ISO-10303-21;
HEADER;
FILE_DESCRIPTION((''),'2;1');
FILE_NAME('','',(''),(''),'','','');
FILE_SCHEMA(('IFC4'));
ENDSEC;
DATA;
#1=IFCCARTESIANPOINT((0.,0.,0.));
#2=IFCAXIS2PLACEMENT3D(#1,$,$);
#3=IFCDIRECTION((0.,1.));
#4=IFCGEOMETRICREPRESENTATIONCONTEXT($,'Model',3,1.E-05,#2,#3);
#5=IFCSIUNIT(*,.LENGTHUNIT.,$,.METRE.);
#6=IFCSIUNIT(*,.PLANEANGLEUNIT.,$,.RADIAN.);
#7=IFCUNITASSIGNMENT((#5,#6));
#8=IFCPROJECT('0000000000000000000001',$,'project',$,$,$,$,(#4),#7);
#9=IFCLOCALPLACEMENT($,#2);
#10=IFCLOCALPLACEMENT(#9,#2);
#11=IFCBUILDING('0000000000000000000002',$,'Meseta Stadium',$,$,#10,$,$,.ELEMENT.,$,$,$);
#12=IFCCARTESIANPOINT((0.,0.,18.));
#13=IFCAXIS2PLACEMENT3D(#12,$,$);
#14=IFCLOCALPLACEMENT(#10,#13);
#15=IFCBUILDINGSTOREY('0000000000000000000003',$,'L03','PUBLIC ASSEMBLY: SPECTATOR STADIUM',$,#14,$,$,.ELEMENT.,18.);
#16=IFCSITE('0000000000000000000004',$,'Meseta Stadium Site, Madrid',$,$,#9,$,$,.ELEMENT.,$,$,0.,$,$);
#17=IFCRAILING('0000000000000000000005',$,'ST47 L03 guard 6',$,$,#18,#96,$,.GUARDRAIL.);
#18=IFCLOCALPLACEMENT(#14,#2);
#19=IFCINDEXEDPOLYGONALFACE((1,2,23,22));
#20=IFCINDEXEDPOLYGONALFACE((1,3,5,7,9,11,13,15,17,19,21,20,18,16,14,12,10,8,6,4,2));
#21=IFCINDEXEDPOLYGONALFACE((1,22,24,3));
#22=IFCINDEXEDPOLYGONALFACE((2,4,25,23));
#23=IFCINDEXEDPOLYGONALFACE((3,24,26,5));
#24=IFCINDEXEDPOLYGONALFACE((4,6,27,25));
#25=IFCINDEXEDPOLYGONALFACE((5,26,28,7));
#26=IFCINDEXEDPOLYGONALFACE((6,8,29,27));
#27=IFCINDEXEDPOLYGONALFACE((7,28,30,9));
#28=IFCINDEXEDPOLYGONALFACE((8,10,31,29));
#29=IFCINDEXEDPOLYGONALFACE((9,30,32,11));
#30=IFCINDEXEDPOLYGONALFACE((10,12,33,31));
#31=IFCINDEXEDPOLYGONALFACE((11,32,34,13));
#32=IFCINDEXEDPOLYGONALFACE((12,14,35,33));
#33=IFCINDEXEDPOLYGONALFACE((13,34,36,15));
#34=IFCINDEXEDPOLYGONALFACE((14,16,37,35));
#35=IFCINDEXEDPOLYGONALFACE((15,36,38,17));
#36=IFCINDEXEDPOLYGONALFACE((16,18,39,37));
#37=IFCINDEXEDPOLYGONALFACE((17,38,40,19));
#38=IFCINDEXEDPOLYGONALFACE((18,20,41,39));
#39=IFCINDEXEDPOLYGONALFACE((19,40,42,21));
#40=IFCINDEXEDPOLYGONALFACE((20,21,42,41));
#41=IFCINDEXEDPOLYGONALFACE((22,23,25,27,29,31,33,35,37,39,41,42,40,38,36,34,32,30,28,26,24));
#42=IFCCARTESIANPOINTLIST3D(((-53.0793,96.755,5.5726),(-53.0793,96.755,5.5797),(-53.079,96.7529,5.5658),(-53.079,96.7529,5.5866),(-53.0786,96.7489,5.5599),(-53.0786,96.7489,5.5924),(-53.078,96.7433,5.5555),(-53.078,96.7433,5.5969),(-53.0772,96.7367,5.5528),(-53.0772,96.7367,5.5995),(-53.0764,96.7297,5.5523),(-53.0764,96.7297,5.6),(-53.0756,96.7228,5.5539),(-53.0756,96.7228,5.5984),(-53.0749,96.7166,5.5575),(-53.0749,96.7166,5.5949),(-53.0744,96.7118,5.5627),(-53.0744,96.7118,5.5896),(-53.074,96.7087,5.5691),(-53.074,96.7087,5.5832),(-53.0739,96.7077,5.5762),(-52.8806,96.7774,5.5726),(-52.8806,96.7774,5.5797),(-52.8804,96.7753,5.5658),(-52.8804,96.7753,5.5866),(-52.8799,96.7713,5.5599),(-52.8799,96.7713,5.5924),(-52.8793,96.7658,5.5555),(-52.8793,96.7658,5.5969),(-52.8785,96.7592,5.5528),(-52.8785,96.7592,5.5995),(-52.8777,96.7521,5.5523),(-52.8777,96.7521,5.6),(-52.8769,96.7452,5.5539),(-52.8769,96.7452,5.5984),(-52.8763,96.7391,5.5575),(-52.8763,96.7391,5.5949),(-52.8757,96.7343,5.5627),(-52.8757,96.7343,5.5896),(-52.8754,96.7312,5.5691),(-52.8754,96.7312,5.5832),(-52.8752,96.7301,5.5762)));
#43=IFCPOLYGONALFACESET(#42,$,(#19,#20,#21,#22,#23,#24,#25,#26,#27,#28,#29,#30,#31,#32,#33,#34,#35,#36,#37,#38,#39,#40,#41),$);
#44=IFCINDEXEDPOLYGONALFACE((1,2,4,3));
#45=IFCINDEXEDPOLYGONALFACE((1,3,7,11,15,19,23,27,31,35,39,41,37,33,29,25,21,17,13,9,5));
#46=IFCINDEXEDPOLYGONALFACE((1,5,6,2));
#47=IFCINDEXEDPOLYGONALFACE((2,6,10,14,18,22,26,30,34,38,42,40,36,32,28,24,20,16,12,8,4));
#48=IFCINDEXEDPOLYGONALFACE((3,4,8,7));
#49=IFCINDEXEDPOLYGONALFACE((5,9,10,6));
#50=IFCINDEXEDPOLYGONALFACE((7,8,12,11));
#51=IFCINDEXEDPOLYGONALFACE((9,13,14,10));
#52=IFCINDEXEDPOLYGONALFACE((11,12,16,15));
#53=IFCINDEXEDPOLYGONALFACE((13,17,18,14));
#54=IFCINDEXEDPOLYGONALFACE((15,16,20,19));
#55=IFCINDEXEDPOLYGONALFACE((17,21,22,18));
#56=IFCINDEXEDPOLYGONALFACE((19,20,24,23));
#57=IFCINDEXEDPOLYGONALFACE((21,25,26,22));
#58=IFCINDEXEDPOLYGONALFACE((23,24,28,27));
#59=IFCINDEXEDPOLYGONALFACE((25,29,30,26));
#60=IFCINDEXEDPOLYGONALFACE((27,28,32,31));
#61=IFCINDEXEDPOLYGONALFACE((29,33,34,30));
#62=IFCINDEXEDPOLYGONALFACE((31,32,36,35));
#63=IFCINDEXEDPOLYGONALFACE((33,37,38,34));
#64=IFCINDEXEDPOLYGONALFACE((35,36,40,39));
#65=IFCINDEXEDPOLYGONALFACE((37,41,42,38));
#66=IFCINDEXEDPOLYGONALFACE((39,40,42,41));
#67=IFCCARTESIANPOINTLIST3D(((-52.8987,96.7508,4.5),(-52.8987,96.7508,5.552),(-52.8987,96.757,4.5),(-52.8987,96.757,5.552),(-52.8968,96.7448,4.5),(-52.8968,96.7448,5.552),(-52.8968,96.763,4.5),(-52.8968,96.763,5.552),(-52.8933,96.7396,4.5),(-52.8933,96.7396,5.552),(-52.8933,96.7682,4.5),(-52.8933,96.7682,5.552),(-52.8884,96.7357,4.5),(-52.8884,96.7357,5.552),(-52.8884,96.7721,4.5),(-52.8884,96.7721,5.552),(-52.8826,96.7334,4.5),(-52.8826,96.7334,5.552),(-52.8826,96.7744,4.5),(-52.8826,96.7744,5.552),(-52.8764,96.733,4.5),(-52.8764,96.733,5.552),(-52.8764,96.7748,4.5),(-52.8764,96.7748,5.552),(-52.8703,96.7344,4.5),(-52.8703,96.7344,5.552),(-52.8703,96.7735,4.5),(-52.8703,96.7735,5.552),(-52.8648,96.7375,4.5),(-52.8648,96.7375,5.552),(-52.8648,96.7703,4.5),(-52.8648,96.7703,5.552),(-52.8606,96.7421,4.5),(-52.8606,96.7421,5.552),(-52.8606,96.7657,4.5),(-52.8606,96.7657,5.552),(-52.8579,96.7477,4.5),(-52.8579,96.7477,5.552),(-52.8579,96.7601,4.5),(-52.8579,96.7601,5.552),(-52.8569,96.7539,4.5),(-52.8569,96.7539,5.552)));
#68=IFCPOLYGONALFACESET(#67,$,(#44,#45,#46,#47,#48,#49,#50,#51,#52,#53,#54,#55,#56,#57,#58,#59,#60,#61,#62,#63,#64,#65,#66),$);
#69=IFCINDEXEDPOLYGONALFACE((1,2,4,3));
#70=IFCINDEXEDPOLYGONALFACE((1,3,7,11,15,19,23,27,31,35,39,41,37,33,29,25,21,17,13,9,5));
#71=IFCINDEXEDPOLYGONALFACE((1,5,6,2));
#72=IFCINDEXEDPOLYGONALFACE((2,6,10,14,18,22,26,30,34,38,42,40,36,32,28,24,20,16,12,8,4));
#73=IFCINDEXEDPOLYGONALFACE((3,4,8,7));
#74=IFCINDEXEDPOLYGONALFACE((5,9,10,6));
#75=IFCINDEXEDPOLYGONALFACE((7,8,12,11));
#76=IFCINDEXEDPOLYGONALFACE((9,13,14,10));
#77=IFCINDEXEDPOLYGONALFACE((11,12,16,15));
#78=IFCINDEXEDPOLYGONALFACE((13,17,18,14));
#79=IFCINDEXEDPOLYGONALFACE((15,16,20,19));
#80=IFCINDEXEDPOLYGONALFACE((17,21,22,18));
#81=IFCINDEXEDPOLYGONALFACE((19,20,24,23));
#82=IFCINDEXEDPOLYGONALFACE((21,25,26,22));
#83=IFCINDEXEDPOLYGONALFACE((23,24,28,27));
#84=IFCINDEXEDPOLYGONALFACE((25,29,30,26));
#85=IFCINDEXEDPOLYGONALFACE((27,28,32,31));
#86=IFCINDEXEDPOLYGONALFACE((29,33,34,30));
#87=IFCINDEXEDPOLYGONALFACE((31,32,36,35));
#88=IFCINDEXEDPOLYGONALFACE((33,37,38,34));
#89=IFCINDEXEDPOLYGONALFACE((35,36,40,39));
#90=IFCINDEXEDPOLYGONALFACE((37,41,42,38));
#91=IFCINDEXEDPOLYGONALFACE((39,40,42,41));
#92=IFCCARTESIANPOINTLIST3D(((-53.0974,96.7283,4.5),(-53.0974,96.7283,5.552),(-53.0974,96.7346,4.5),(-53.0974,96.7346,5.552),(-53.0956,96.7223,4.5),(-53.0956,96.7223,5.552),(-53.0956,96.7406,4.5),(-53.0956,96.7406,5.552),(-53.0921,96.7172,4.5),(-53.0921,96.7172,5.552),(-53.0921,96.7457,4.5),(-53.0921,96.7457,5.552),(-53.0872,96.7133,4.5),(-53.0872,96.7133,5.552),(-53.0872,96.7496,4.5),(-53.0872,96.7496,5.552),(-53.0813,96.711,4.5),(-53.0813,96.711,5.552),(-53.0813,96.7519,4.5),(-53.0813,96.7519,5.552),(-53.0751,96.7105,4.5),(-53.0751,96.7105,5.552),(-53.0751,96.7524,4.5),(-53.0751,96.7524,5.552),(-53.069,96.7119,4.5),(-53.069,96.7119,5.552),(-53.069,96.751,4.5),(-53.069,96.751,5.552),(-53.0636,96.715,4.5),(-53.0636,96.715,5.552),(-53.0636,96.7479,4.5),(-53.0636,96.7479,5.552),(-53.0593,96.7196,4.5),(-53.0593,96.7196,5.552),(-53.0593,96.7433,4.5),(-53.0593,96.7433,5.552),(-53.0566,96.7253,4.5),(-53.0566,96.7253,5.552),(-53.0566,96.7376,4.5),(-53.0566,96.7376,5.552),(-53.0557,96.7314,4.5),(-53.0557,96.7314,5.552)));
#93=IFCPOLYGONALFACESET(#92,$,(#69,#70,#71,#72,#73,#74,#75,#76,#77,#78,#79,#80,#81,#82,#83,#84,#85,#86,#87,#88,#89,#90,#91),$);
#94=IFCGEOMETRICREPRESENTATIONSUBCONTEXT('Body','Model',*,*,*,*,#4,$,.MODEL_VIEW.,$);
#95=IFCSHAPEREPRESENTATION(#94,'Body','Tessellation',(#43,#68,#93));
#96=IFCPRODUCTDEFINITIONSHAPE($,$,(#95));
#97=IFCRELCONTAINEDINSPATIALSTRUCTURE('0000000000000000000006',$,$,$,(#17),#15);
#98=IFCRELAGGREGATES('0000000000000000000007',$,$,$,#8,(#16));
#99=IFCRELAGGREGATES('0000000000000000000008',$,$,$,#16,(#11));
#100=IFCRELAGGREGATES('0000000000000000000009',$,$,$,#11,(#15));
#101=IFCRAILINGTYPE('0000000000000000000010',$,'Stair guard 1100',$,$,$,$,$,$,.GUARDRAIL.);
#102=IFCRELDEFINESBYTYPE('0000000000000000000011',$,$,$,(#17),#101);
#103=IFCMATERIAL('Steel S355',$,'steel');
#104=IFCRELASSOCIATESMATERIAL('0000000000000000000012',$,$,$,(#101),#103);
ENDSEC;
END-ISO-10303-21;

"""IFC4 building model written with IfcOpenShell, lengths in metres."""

from ifc_helpers import new_model, si_unit, direction, frame, origin, origin_2d, place, context, subcontext, project, spatial, circle, extrude, material, type_object, element, save


model = new_model("IFC4")

# Units and contexts
model_context = context("Model", 3, precision=1e-05, world=origin(), true_north=direction((0.0, 1.0)))
body_context = subcontext(model_context, "Body", "Model", "MODEL_VIEW")
ifc_project = project(units=[si_unit("LENGTHUNIT", "METRE"), si_unit("PLANEANGLEUNIT", "RADIAN")], contexts=[model_context])

# Site, building, storey
site_placement = place(None, origin())
site = spatial("IfcSite", under=ifc_project, at=site_placement, Name="Meseta Stadium Site, Madrid", CompositionType="ELEMENT", RefElevation=0.0)
building_placement = place(site_placement, origin())
building = spatial("IfcBuilding", under=site, at=building_placement, Name="Meseta Stadium", CompositionType="ELEMENT")
storey_placement = place(building_placement, frame((0.0, 0.0, 18.0)))
storey = spatial("IfcBuildingStorey", under=building, at=storey_placement, Name="L03", Description="PUBLIC ASSEMBLY: SPECTATOR STADIUM", CompositionType="ELEMENT", Elevation=18.0)

# Railing
ifc_material_1 = material(Name="Steel S355", Category="steel")
railing_type_1 = type_object("IfcRailingType", Name="Stair guard 1100", PredefinedType="GUARDRAIL", material=ifc_material_1)
railing_1_placement = place(storey_placement, frame((-52.8779, 96.7539, 4.5)))
element("IfcRailing", 1, at=railing_1_placement, inside=storey, type_object=railing_type_1, Name="ST47 L03 guard 6", PredefinedType="GUARDRAIL", context=body_context, shape_type="SweptSolid", body=[
    extrude(circle(Radius=0.0239, at=origin_2d()), frame((0.0, 0.0, 1.0762), z_axis=(-0.993674, -0.112307, 0.0), x_axis=(0.112307, -0.993674, 0.0)), (0.0, 0.0, 1.0), 0.2),
    extrude(circle(Radius=0.021, at=origin_2d()), origin(), (0.0, 0.0, 1.0), 1.052),
    extrude(circle(Radius=0.021, at=origin_2d()), frame((-0.1987, -0.0225, 0.0)), (0.0, 0.0, 1.0), 1.052),
])

save(model, "model.ifc")
